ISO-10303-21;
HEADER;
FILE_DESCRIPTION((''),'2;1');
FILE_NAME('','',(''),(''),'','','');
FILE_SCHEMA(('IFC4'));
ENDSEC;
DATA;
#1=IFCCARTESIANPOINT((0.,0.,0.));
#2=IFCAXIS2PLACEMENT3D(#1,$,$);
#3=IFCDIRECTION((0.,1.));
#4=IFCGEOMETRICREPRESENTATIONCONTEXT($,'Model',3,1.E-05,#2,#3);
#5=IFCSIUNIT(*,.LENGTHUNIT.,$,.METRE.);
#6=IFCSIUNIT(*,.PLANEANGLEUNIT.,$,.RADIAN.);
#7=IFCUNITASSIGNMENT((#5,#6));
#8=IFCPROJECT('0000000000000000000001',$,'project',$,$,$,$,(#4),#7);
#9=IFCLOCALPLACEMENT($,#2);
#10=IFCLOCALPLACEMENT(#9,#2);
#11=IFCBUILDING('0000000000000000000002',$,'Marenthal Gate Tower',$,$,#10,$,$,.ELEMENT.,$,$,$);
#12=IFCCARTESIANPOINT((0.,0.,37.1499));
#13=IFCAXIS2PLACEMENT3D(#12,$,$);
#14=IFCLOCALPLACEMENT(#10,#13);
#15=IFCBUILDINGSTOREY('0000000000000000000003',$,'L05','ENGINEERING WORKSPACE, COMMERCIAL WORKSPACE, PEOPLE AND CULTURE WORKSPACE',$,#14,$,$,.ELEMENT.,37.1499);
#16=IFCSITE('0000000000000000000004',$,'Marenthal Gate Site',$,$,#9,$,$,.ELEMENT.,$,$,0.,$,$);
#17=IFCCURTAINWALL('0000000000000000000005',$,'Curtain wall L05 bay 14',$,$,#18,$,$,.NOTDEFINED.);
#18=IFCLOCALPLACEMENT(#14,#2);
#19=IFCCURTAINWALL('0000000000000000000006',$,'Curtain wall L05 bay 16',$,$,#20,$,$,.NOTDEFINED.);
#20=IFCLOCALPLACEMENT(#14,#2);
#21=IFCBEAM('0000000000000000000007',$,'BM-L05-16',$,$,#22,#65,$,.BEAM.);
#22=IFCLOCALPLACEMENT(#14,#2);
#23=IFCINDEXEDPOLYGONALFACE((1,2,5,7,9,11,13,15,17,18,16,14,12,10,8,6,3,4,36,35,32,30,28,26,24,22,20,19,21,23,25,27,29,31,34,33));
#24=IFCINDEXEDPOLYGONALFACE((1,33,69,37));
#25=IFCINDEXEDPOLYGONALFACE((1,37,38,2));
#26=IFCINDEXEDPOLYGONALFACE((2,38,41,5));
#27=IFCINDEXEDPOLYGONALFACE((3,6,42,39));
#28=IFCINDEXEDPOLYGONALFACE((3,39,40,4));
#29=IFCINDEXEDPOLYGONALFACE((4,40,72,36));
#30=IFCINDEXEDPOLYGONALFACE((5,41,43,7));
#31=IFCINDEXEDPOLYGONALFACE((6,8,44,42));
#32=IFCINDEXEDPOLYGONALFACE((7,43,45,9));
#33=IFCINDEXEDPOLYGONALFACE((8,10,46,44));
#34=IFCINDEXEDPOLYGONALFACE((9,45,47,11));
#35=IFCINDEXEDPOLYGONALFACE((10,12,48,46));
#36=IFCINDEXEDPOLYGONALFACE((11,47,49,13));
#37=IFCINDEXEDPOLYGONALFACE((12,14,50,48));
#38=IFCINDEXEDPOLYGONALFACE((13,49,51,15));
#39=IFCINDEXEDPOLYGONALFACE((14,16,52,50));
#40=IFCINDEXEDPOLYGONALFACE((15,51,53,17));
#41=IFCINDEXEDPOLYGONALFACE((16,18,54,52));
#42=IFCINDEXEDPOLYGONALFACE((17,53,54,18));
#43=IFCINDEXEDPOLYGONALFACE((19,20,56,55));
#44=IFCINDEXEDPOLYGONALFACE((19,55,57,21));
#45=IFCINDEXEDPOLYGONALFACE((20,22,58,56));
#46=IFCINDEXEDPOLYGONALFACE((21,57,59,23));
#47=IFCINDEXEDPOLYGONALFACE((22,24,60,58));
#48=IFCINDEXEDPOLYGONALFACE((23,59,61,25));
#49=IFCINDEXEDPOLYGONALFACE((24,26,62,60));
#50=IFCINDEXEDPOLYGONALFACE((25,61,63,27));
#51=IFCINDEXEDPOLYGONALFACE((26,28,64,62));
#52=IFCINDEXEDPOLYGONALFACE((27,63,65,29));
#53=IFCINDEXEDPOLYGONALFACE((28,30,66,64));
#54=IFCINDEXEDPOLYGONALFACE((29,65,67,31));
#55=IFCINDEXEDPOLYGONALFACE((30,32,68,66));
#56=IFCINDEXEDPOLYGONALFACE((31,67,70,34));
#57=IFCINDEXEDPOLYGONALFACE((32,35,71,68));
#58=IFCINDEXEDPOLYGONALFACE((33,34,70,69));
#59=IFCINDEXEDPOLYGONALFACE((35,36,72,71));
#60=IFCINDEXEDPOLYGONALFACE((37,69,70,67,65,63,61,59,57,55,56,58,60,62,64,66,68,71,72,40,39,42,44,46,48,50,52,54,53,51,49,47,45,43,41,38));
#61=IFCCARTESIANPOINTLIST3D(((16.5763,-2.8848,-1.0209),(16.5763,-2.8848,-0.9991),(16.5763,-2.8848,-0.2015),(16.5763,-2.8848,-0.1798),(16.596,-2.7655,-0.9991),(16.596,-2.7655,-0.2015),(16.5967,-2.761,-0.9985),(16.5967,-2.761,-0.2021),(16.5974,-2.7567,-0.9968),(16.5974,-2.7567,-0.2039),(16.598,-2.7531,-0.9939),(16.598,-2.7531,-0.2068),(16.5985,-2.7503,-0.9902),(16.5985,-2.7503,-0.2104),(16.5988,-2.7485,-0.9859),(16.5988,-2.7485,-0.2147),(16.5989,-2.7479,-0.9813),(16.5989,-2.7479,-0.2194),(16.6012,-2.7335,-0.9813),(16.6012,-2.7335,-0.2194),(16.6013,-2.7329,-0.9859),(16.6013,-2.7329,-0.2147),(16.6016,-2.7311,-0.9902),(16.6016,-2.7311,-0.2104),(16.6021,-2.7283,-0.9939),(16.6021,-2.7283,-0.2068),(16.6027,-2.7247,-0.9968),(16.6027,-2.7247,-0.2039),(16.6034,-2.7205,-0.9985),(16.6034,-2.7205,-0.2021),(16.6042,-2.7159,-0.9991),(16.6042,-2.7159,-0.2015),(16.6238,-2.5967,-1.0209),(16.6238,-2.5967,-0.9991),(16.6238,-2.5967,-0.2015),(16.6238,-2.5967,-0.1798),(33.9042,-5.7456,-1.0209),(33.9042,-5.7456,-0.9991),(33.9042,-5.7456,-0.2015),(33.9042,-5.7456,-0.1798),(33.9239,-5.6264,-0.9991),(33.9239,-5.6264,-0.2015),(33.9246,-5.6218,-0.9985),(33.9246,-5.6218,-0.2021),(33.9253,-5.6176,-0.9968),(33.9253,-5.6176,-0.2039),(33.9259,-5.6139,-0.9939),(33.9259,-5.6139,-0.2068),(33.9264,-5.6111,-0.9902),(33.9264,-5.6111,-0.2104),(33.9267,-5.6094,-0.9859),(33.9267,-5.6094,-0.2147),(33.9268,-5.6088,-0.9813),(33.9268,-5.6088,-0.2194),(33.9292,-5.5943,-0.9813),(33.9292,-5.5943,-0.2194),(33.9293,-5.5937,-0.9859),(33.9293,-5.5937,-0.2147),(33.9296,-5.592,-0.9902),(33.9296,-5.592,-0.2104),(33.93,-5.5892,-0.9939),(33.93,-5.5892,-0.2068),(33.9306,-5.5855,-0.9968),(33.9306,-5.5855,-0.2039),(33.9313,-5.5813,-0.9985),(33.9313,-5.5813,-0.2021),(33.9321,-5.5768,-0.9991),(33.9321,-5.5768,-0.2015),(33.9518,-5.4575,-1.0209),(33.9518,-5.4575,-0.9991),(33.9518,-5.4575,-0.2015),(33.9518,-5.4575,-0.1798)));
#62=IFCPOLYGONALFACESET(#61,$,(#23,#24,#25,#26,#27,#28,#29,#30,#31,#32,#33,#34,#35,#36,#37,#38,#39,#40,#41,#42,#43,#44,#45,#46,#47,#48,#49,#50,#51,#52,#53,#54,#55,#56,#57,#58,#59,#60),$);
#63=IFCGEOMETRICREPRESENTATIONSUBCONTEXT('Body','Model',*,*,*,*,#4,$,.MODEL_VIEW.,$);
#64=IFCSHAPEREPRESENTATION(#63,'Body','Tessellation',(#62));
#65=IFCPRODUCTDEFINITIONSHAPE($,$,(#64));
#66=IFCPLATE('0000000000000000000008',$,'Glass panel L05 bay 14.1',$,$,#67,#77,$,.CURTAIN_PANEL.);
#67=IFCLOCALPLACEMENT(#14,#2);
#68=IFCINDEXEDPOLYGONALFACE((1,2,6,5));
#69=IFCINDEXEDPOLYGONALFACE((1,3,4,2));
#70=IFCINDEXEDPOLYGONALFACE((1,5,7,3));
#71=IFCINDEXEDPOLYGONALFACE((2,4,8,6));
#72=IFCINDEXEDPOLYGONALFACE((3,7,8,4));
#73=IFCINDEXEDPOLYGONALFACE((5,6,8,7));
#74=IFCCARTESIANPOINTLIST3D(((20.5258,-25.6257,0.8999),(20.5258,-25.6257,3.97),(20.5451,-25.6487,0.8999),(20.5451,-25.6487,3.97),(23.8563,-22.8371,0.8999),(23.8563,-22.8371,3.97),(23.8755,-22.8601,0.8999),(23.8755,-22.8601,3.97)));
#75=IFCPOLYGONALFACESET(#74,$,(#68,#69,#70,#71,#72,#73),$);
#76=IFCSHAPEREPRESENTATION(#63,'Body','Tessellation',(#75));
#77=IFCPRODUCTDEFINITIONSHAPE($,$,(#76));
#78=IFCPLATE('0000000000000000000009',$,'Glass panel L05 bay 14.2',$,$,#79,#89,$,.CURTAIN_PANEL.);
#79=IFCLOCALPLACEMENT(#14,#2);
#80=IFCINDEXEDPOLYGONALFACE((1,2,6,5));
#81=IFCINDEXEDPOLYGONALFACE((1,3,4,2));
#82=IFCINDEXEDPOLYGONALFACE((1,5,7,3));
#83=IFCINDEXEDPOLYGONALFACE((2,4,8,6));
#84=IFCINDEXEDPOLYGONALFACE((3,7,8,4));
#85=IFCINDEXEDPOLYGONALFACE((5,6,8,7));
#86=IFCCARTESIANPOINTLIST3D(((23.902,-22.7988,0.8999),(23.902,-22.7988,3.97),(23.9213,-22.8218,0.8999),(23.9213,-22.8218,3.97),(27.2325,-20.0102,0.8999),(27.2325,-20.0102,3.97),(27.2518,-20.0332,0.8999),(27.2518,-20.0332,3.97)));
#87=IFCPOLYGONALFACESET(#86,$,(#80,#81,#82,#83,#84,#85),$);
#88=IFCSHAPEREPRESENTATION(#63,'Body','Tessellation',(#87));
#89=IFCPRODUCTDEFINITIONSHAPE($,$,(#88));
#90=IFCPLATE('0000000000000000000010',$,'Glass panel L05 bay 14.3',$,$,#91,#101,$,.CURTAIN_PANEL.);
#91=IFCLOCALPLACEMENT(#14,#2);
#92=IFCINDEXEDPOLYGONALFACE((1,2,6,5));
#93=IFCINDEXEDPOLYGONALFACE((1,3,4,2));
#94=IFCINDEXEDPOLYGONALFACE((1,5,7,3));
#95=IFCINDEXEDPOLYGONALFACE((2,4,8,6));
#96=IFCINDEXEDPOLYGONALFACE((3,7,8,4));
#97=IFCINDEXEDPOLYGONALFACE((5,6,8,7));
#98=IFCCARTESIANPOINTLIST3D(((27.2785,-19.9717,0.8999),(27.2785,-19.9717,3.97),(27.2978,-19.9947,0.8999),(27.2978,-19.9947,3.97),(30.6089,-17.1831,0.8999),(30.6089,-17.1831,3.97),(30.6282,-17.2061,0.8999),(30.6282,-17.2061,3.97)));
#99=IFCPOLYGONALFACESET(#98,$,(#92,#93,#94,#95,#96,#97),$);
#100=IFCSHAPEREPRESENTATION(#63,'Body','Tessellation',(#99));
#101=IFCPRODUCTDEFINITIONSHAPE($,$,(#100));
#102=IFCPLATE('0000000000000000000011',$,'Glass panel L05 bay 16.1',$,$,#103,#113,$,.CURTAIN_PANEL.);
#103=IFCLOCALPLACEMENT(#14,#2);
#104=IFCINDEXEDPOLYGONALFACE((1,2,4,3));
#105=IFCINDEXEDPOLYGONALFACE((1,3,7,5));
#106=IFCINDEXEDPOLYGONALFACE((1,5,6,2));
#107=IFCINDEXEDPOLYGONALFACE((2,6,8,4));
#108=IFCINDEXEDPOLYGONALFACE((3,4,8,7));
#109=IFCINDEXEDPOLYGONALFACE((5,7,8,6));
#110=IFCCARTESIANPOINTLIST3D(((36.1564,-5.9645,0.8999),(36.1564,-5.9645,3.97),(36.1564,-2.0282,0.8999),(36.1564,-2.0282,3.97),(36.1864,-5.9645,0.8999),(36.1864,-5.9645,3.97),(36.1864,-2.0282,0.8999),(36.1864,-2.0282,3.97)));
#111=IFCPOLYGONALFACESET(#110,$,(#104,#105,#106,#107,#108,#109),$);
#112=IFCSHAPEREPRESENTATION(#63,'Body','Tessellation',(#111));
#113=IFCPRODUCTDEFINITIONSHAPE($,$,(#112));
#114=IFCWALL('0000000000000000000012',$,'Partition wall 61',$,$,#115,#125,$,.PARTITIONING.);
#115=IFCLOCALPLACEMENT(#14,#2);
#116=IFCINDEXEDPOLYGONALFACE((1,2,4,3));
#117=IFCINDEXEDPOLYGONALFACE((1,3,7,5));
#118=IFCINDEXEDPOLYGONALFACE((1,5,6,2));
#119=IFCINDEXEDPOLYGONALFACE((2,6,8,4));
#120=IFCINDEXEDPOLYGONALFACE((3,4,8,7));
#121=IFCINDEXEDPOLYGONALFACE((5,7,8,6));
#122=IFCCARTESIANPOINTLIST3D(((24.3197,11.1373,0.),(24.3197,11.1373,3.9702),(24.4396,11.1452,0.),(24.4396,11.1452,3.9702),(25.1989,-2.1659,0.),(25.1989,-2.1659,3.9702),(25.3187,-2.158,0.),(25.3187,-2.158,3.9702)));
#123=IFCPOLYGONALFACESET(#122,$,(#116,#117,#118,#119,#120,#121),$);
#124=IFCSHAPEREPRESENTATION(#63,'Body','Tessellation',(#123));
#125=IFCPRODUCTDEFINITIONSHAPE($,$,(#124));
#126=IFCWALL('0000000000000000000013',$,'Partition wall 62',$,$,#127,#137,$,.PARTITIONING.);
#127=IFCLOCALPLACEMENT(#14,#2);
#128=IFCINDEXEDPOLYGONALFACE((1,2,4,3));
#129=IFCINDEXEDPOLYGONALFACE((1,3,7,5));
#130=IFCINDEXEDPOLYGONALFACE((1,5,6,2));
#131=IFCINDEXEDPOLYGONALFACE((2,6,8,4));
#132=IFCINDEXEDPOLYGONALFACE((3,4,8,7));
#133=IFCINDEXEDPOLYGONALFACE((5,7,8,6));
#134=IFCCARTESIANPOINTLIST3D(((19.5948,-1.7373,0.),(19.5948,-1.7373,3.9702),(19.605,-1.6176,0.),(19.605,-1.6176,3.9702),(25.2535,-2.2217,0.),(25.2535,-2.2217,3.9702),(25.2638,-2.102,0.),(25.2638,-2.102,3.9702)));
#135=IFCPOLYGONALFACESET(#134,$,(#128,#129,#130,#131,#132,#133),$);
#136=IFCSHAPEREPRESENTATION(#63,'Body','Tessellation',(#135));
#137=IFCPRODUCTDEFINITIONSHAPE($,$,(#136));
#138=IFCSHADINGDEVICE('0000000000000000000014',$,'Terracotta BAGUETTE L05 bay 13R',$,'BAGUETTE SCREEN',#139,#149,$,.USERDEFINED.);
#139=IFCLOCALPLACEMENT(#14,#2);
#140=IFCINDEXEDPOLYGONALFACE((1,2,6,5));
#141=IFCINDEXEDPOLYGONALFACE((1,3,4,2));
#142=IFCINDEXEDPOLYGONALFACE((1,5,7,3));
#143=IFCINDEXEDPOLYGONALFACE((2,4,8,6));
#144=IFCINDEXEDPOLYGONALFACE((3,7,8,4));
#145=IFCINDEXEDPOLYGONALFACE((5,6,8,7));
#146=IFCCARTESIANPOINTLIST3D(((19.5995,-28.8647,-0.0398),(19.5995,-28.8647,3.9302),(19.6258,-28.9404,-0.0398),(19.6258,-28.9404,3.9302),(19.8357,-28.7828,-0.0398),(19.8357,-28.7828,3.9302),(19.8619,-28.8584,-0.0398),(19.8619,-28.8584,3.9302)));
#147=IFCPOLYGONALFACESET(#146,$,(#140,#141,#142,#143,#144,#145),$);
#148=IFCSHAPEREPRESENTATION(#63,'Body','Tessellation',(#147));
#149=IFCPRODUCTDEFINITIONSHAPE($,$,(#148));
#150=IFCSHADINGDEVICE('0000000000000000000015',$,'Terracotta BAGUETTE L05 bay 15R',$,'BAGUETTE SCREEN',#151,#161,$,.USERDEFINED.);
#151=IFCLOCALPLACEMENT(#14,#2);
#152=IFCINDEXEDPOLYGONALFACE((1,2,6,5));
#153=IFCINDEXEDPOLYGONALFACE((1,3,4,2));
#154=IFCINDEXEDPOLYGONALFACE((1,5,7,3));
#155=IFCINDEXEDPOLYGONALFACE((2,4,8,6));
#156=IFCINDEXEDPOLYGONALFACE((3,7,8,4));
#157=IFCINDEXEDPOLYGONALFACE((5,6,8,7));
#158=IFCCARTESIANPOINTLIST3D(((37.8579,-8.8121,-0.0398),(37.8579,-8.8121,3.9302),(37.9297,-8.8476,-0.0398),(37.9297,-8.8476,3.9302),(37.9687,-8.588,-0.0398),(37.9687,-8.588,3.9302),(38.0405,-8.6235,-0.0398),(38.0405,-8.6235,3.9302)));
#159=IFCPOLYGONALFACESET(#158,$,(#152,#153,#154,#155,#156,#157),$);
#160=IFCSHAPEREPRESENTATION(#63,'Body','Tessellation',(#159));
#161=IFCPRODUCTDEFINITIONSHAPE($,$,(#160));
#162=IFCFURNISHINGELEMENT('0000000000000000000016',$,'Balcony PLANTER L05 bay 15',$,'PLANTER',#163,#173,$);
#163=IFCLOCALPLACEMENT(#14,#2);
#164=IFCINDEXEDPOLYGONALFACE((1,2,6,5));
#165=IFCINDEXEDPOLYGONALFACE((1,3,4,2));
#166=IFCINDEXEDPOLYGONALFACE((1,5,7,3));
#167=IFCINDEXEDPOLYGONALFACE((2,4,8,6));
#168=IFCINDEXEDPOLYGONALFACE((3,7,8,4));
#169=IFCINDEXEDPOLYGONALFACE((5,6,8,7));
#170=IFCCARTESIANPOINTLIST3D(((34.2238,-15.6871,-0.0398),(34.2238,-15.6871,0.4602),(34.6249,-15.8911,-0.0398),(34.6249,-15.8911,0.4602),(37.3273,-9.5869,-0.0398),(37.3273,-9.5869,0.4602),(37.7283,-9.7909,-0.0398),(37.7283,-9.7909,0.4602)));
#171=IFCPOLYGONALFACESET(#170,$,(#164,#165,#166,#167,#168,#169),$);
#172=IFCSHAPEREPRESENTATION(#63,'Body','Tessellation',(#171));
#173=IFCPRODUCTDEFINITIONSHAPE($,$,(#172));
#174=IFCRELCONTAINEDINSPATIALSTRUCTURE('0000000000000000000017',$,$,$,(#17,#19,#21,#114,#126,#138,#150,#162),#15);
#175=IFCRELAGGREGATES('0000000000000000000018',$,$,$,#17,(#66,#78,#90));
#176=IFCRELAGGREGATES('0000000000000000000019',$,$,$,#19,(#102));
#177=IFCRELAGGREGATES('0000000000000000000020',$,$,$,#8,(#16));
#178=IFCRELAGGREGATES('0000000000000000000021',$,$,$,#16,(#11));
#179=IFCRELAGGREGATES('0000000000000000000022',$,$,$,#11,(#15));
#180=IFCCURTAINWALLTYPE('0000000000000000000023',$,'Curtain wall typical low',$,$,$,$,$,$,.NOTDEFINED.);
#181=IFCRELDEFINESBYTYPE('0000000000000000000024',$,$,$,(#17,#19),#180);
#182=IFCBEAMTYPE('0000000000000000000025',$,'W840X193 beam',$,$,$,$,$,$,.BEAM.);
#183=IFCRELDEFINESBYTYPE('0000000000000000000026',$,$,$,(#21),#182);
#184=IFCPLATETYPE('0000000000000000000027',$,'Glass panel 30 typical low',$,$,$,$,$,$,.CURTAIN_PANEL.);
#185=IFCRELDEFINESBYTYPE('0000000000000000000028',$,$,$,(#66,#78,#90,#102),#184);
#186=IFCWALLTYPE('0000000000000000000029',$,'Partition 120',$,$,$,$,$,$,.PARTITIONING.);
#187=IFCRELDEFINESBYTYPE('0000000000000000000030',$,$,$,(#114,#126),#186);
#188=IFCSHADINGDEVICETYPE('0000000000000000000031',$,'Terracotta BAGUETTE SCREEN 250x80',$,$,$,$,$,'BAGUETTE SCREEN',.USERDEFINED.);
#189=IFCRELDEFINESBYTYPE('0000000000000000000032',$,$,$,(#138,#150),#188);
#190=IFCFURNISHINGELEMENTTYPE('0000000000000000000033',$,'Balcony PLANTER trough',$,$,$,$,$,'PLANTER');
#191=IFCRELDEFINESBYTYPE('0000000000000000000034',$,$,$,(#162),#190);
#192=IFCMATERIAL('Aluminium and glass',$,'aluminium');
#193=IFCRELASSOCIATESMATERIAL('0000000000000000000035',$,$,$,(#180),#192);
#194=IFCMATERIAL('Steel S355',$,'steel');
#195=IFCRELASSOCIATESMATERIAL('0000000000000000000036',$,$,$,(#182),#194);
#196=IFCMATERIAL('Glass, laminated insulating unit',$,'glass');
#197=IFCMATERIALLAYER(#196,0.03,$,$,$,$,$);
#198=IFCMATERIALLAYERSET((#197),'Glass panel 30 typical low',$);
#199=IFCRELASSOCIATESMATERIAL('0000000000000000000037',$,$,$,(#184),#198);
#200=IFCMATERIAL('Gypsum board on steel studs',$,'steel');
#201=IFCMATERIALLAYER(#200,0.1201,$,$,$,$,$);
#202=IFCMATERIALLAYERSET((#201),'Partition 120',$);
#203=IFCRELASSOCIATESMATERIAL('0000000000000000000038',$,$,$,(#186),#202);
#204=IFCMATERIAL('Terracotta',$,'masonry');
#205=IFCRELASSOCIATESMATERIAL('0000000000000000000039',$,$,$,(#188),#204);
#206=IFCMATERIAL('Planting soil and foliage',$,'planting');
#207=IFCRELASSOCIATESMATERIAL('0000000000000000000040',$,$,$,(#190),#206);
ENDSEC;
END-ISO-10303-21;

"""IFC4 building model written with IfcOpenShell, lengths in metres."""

from ifc_helpers import new_model, si_unit, direction, frame, frame_2d, origin, origin_2d, place, context, subcontext, project, spatial, rectangle, i_section, extrude, material, layer, layer_set, material_profile, profile_set, type_object, element, aggregate, save


model = new_model("IFC4")

# Units and contexts
model_context = context("Model", 3, precision=1e-05, world=origin(), true_north=direction((0.0, 1.0)))
body_context = subcontext(model_context, "Body", "Model", "MODEL_VIEW")
ifc_project = project(units=[si_unit("LENGTHUNIT", "METRE"), si_unit("PLANEANGLEUNIT", "RADIAN")], contexts=[model_context])

# Site, building, storey
site_placement = place(None, origin())
site = spatial("IfcSite", under=ifc_project, at=site_placement, Name="Marenthal Gate Site", CompositionType="ELEMENT", RefElevation=0.0)
building_placement = place(site_placement, origin())
building = spatial("IfcBuilding", under=site, at=building_placement, Name="Marenthal Gate Tower", CompositionType="ELEMENT")
storey_placement = place(building_placement, frame((0.0, 0.0, 37.1499)))
storey = spatial("IfcBuildingStorey", under=building, at=storey_placement, Name="L05", Description="ENGINEERING WORKSPACE, COMMERCIAL WORKSPACE, PEOPLE AND CULTURE WORKSPACE", CompositionType="ELEMENT", Elevation=37.1499)

# Curtain walls
ifc_material_1 = material(Name="Aluminium and glass", Category="aluminium")
curtain_wall_type = type_object("IfcCurtainWallType", Name="Curtain wall typical low", PredefinedType="NOTDEFINED", material=ifc_material_1)
curtain_wall_1_placement = place(storey_placement, origin())
curtain_wall_1 = element("IfcCurtainWall", 1, at=curtain_wall_1_placement, inside=storey, type_object=curtain_wall_type, Name="Curtain wall L05 bay 14", PredefinedType="NOTDEFINED")
curtain_wall_2_placement = place(storey_placement, origin())
curtain_wall_2 = element("IfcCurtainWall", 2, at=curtain_wall_2_placement, inside=storey, type_object=curtain_wall_type, Name="Curtain wall L05 bay 16", PredefinedType="NOTDEFINED")

# Beam
ifc_material_2 = material(Name="Steel S355", Category="steel")
ifc_material_profile_1 = material_profile(ifc_material_2, i_section(OverallWidth=0.292, OverallDepth=0.8411, WebThickness=0.0146, FlangeThickness=0.0217, FilletRadius=0.0178, at=origin_2d()), Name="W840X193")
ifc_profile_set_1 = profile_set([ifc_material_profile_1], Name="Steel S355")
beam_type_1 = type_object("IfcBeamType", Name="W840X193 beam", PredefinedType="BEAM", material=ifc_profile_set_1)
beam_1_placement = place(storey_placement, frame((33.928, -5.6016, -0.6003), z_axis=(-0.986643, 0.162895, 0.0), x_axis=(-0.162895, -0.986643, 0.0)))
element("IfcBeam", 3, at=beam_1_placement, inside=storey, type_object=beam_type_1, Name="BM-L05-16", PredefinedType="BEAM", context=body_context, shape_type="SweptSolid", body=[
    extrude(i_section(OverallWidth=0.292, OverallDepth=0.8411, WebThickness=0.0146, FlangeThickness=0.0217, FilletRadius=0.0178, at=origin_2d()), origin(), (0.0, 0.0, 1.0), 17.5625),
])

# Plates
ifc_material_3 = material(Name="Glass, laminated insulating unit", Category="glass")
ifc_layer_1 = layer(ifc_material_3, 0.03)
ifc_layer_set_1 = layer_set([ifc_layer_1], Name="Glass panel 30 typical low")
plate_type = type_object("IfcPlateType", Name="Glass panel 30 typical low", PredefinedType="CURTAIN_PANEL", material=ifc_layer_set_1)
plate_1_placement = place(storey_placement, frame((22.2007, -24.2429, 0.8999), z_axis=(0.0, 0.0, 1.0), x_axis=(0.76672, 0.641982, 0.0)))
plate_1 = element("IfcPlate", 4, at=plate_1_placement, type_object=plate_type, Name="Glass panel L05 bay 14.1", PredefinedType="CURTAIN_PANEL", context=body_context, shape_type="SweptSolid", body=[
    extrude(rectangle(XDim=4.3438, YDim=0.03, at=origin_2d()), origin(), (0.0, 0.0, 1.0), 3.0701),
])
plate_2_placement = place(storey_placement, frame((25.5769, -21.416, 0.8999), z_axis=(0.0, 0.0, 1.0), x_axis=(0.76672, 0.641982, 0.0)))
plate_2 = element("IfcPlate", 5, at=plate_2_placement, type_object=plate_type, Name="Glass panel L05 bay 14.2", PredefinedType="CURTAIN_PANEL", context=body_context, shape_type="SweptSolid", body=[
    extrude(rectangle(XDim=4.3438, YDim=0.03, at=origin_2d()), origin(), (0.0, 0.0, 1.0), 3.0701),
])
plate_3_placement = place(storey_placement, frame((28.9534, -18.5889, 0.8999), z_axis=(0.0, 0.0, 1.0), x_axis=(0.76672, 0.641982, 0.0)))
plate_3 = element("IfcPlate", 6, at=plate_3_placement, type_object=plate_type, Name="Glass panel L05 bay 14.3", PredefinedType="CURTAIN_PANEL", context=body_context, shape_type="SweptSolid", body=[
    extrude(rectangle(XDim=4.3438, YDim=0.03, at=origin_2d()), origin(), (0.0, 0.0, 1.0), 3.0701),
])
aggregate(curtain_wall_1, [plate_1, plate_2, plate_3])
plate_4_placement = place(storey_placement, frame((36.1714, -3.9963, 0.8999), z_axis=(0.0, 0.0, 1.0), x_axis=(0.0, 1.0, 0.0)))
plate_4 = element("IfcPlate", 7, at=plate_4_placement, type_object=plate_type, Name="Glass panel L05 bay 16.1", PredefinedType="CURTAIN_PANEL", context=body_context, shape_type="SweptSolid", body=[
    extrude(rectangle(XDim=3.9363, YDim=0.03, at=origin_2d()), origin(), (0.0, 0.0, 1.0), 3.0701),
])
aggregate(curtain_wall_2, [plate_4])

# Walls
ifc_material_4 = material(Name="Gypsum board on steel studs", Category="steel")
ifc_layer_2 = layer(ifc_material_4, 0.1201)
ifc_layer_set_2 = layer_set([ifc_layer_2], Name="Partition 120")
wall_type_1 = type_object("IfcWallType", Name="Partition 120", PredefinedType="PARTITIONING", material=ifc_layer_set_2)
wall_1_placement = place(storey_placement, frame((25.2588, -2.1619, 0.0), z_axis=(0.0, 0.0, 1.0), x_axis=(-0.065942, 0.997823, 0.0)))
element("IfcWall", 8, at=wall_1_placement, inside=storey, type_object=wall_type_1, Name="Partition wall 61", PredefinedType="PARTITIONING", context=body_context, shape_type="SweptSolid", body=[
    extrude(rectangle(XDim=13.3323, YDim=0.1201, at=frame_2d((6.666, 0.0))), origin(), (0.0, 0.0, 1.0), 3.9702),
])
wall_2_placement = place(storey_placement, frame((25.2588, -2.1619, 0.0), z_axis=(0.0, 0.0, 1.0), x_axis=(-0.996356, 0.085287, 0.0)))
element("IfcWall", 9, at=wall_2_placement, inside=storey, type_object=wall_type_1, Name="Partition wall 62", PredefinedType="PARTITIONING", context=body_context, shape_type="SweptSolid", body=[
    extrude(rectangle(XDim=5.6794, YDim=0.1201, at=frame_2d((2.8398, 0.0))), origin(), (0.0, 0.0, 1.0), 3.9702),
])

# Shading devices
ifc_material_5 = material(Name="Terracotta", Category="masonry")
ifc_material_profile_2 = material_profile(ifc_material_5, rectangle(XDim=0.25, YDim=0.0801, at=origin_2d()), Name="Terracotta baguette 250x80")
ifc_profile_set_2 = profile_set([ifc_material_profile_2], Name="Terracotta")
shading_device_type = type_object("IfcShadingDeviceType", Name="Terracotta BAGUETTE SCREEN 250x80", ElementType="BAGUETTE SCREEN", PredefinedType="USERDEFINED", material=ifc_profile_set_2)
for number, where, z_axis, x_axis, name in (
    (10, (19.7307, -28.8616, -0.0398), (0.0, 0.0, 1.0), (0.944708, 0.327912, 0.0), "Terracotta BAGUETTE L05 bay 13R"),
    (11, (37.9492, -8.7178, -0.0398), (0.0, 0.0, 1.0), (0.44312, 0.896462, 0.0), "Terracotta BAGUETTE L05 bay 15R"),
):
    element("IfcShadingDevice", number, at=place(storey_placement, frame(where, z_axis=z_axis, x_axis=x_axis)), inside=storey, type_object=shading_device_type, Name=name, ObjectType="BAGUETTE SCREEN", PredefinedType="USERDEFINED", context=body_context, shape_type="SweptSolid", body=[
        extrude(rectangle(XDim=0.25, YDim=0.0801, at=origin_2d()), origin(), (0.0, 0.0, 1.0), 3.97),
    ])

# Furnishing element
ifc_material_6 = material(Name="Planting soil and foliage", Category="planting")
furnishing_element_type = type_object("IfcFurnishingElementType", Name="Balcony PLANTER trough", ElementType="PLANTER", material=ifc_material_6)
furnishing_placement = place(storey_placement, frame((35.9761, -12.739, -0.0398), z_axis=(0.0, 0.0, 1.0), x_axis=(0.453437, 0.891288, 0.0)))
element("IfcFurnishingElement", 12, at=furnishing_placement, inside=storey, type_object=furnishing_element_type, Name="Balcony PLANTER L05 bay 15", ObjectType="PLANTER", context=body_context, shape_type="SweptSolid", body=[
    extrude(rectangle(XDim=6.8442, YDim=0.45, at=origin_2d()), origin(), (0.0, 0.0, 1.0), 0.5),
])

save(model, "model.ifc")
